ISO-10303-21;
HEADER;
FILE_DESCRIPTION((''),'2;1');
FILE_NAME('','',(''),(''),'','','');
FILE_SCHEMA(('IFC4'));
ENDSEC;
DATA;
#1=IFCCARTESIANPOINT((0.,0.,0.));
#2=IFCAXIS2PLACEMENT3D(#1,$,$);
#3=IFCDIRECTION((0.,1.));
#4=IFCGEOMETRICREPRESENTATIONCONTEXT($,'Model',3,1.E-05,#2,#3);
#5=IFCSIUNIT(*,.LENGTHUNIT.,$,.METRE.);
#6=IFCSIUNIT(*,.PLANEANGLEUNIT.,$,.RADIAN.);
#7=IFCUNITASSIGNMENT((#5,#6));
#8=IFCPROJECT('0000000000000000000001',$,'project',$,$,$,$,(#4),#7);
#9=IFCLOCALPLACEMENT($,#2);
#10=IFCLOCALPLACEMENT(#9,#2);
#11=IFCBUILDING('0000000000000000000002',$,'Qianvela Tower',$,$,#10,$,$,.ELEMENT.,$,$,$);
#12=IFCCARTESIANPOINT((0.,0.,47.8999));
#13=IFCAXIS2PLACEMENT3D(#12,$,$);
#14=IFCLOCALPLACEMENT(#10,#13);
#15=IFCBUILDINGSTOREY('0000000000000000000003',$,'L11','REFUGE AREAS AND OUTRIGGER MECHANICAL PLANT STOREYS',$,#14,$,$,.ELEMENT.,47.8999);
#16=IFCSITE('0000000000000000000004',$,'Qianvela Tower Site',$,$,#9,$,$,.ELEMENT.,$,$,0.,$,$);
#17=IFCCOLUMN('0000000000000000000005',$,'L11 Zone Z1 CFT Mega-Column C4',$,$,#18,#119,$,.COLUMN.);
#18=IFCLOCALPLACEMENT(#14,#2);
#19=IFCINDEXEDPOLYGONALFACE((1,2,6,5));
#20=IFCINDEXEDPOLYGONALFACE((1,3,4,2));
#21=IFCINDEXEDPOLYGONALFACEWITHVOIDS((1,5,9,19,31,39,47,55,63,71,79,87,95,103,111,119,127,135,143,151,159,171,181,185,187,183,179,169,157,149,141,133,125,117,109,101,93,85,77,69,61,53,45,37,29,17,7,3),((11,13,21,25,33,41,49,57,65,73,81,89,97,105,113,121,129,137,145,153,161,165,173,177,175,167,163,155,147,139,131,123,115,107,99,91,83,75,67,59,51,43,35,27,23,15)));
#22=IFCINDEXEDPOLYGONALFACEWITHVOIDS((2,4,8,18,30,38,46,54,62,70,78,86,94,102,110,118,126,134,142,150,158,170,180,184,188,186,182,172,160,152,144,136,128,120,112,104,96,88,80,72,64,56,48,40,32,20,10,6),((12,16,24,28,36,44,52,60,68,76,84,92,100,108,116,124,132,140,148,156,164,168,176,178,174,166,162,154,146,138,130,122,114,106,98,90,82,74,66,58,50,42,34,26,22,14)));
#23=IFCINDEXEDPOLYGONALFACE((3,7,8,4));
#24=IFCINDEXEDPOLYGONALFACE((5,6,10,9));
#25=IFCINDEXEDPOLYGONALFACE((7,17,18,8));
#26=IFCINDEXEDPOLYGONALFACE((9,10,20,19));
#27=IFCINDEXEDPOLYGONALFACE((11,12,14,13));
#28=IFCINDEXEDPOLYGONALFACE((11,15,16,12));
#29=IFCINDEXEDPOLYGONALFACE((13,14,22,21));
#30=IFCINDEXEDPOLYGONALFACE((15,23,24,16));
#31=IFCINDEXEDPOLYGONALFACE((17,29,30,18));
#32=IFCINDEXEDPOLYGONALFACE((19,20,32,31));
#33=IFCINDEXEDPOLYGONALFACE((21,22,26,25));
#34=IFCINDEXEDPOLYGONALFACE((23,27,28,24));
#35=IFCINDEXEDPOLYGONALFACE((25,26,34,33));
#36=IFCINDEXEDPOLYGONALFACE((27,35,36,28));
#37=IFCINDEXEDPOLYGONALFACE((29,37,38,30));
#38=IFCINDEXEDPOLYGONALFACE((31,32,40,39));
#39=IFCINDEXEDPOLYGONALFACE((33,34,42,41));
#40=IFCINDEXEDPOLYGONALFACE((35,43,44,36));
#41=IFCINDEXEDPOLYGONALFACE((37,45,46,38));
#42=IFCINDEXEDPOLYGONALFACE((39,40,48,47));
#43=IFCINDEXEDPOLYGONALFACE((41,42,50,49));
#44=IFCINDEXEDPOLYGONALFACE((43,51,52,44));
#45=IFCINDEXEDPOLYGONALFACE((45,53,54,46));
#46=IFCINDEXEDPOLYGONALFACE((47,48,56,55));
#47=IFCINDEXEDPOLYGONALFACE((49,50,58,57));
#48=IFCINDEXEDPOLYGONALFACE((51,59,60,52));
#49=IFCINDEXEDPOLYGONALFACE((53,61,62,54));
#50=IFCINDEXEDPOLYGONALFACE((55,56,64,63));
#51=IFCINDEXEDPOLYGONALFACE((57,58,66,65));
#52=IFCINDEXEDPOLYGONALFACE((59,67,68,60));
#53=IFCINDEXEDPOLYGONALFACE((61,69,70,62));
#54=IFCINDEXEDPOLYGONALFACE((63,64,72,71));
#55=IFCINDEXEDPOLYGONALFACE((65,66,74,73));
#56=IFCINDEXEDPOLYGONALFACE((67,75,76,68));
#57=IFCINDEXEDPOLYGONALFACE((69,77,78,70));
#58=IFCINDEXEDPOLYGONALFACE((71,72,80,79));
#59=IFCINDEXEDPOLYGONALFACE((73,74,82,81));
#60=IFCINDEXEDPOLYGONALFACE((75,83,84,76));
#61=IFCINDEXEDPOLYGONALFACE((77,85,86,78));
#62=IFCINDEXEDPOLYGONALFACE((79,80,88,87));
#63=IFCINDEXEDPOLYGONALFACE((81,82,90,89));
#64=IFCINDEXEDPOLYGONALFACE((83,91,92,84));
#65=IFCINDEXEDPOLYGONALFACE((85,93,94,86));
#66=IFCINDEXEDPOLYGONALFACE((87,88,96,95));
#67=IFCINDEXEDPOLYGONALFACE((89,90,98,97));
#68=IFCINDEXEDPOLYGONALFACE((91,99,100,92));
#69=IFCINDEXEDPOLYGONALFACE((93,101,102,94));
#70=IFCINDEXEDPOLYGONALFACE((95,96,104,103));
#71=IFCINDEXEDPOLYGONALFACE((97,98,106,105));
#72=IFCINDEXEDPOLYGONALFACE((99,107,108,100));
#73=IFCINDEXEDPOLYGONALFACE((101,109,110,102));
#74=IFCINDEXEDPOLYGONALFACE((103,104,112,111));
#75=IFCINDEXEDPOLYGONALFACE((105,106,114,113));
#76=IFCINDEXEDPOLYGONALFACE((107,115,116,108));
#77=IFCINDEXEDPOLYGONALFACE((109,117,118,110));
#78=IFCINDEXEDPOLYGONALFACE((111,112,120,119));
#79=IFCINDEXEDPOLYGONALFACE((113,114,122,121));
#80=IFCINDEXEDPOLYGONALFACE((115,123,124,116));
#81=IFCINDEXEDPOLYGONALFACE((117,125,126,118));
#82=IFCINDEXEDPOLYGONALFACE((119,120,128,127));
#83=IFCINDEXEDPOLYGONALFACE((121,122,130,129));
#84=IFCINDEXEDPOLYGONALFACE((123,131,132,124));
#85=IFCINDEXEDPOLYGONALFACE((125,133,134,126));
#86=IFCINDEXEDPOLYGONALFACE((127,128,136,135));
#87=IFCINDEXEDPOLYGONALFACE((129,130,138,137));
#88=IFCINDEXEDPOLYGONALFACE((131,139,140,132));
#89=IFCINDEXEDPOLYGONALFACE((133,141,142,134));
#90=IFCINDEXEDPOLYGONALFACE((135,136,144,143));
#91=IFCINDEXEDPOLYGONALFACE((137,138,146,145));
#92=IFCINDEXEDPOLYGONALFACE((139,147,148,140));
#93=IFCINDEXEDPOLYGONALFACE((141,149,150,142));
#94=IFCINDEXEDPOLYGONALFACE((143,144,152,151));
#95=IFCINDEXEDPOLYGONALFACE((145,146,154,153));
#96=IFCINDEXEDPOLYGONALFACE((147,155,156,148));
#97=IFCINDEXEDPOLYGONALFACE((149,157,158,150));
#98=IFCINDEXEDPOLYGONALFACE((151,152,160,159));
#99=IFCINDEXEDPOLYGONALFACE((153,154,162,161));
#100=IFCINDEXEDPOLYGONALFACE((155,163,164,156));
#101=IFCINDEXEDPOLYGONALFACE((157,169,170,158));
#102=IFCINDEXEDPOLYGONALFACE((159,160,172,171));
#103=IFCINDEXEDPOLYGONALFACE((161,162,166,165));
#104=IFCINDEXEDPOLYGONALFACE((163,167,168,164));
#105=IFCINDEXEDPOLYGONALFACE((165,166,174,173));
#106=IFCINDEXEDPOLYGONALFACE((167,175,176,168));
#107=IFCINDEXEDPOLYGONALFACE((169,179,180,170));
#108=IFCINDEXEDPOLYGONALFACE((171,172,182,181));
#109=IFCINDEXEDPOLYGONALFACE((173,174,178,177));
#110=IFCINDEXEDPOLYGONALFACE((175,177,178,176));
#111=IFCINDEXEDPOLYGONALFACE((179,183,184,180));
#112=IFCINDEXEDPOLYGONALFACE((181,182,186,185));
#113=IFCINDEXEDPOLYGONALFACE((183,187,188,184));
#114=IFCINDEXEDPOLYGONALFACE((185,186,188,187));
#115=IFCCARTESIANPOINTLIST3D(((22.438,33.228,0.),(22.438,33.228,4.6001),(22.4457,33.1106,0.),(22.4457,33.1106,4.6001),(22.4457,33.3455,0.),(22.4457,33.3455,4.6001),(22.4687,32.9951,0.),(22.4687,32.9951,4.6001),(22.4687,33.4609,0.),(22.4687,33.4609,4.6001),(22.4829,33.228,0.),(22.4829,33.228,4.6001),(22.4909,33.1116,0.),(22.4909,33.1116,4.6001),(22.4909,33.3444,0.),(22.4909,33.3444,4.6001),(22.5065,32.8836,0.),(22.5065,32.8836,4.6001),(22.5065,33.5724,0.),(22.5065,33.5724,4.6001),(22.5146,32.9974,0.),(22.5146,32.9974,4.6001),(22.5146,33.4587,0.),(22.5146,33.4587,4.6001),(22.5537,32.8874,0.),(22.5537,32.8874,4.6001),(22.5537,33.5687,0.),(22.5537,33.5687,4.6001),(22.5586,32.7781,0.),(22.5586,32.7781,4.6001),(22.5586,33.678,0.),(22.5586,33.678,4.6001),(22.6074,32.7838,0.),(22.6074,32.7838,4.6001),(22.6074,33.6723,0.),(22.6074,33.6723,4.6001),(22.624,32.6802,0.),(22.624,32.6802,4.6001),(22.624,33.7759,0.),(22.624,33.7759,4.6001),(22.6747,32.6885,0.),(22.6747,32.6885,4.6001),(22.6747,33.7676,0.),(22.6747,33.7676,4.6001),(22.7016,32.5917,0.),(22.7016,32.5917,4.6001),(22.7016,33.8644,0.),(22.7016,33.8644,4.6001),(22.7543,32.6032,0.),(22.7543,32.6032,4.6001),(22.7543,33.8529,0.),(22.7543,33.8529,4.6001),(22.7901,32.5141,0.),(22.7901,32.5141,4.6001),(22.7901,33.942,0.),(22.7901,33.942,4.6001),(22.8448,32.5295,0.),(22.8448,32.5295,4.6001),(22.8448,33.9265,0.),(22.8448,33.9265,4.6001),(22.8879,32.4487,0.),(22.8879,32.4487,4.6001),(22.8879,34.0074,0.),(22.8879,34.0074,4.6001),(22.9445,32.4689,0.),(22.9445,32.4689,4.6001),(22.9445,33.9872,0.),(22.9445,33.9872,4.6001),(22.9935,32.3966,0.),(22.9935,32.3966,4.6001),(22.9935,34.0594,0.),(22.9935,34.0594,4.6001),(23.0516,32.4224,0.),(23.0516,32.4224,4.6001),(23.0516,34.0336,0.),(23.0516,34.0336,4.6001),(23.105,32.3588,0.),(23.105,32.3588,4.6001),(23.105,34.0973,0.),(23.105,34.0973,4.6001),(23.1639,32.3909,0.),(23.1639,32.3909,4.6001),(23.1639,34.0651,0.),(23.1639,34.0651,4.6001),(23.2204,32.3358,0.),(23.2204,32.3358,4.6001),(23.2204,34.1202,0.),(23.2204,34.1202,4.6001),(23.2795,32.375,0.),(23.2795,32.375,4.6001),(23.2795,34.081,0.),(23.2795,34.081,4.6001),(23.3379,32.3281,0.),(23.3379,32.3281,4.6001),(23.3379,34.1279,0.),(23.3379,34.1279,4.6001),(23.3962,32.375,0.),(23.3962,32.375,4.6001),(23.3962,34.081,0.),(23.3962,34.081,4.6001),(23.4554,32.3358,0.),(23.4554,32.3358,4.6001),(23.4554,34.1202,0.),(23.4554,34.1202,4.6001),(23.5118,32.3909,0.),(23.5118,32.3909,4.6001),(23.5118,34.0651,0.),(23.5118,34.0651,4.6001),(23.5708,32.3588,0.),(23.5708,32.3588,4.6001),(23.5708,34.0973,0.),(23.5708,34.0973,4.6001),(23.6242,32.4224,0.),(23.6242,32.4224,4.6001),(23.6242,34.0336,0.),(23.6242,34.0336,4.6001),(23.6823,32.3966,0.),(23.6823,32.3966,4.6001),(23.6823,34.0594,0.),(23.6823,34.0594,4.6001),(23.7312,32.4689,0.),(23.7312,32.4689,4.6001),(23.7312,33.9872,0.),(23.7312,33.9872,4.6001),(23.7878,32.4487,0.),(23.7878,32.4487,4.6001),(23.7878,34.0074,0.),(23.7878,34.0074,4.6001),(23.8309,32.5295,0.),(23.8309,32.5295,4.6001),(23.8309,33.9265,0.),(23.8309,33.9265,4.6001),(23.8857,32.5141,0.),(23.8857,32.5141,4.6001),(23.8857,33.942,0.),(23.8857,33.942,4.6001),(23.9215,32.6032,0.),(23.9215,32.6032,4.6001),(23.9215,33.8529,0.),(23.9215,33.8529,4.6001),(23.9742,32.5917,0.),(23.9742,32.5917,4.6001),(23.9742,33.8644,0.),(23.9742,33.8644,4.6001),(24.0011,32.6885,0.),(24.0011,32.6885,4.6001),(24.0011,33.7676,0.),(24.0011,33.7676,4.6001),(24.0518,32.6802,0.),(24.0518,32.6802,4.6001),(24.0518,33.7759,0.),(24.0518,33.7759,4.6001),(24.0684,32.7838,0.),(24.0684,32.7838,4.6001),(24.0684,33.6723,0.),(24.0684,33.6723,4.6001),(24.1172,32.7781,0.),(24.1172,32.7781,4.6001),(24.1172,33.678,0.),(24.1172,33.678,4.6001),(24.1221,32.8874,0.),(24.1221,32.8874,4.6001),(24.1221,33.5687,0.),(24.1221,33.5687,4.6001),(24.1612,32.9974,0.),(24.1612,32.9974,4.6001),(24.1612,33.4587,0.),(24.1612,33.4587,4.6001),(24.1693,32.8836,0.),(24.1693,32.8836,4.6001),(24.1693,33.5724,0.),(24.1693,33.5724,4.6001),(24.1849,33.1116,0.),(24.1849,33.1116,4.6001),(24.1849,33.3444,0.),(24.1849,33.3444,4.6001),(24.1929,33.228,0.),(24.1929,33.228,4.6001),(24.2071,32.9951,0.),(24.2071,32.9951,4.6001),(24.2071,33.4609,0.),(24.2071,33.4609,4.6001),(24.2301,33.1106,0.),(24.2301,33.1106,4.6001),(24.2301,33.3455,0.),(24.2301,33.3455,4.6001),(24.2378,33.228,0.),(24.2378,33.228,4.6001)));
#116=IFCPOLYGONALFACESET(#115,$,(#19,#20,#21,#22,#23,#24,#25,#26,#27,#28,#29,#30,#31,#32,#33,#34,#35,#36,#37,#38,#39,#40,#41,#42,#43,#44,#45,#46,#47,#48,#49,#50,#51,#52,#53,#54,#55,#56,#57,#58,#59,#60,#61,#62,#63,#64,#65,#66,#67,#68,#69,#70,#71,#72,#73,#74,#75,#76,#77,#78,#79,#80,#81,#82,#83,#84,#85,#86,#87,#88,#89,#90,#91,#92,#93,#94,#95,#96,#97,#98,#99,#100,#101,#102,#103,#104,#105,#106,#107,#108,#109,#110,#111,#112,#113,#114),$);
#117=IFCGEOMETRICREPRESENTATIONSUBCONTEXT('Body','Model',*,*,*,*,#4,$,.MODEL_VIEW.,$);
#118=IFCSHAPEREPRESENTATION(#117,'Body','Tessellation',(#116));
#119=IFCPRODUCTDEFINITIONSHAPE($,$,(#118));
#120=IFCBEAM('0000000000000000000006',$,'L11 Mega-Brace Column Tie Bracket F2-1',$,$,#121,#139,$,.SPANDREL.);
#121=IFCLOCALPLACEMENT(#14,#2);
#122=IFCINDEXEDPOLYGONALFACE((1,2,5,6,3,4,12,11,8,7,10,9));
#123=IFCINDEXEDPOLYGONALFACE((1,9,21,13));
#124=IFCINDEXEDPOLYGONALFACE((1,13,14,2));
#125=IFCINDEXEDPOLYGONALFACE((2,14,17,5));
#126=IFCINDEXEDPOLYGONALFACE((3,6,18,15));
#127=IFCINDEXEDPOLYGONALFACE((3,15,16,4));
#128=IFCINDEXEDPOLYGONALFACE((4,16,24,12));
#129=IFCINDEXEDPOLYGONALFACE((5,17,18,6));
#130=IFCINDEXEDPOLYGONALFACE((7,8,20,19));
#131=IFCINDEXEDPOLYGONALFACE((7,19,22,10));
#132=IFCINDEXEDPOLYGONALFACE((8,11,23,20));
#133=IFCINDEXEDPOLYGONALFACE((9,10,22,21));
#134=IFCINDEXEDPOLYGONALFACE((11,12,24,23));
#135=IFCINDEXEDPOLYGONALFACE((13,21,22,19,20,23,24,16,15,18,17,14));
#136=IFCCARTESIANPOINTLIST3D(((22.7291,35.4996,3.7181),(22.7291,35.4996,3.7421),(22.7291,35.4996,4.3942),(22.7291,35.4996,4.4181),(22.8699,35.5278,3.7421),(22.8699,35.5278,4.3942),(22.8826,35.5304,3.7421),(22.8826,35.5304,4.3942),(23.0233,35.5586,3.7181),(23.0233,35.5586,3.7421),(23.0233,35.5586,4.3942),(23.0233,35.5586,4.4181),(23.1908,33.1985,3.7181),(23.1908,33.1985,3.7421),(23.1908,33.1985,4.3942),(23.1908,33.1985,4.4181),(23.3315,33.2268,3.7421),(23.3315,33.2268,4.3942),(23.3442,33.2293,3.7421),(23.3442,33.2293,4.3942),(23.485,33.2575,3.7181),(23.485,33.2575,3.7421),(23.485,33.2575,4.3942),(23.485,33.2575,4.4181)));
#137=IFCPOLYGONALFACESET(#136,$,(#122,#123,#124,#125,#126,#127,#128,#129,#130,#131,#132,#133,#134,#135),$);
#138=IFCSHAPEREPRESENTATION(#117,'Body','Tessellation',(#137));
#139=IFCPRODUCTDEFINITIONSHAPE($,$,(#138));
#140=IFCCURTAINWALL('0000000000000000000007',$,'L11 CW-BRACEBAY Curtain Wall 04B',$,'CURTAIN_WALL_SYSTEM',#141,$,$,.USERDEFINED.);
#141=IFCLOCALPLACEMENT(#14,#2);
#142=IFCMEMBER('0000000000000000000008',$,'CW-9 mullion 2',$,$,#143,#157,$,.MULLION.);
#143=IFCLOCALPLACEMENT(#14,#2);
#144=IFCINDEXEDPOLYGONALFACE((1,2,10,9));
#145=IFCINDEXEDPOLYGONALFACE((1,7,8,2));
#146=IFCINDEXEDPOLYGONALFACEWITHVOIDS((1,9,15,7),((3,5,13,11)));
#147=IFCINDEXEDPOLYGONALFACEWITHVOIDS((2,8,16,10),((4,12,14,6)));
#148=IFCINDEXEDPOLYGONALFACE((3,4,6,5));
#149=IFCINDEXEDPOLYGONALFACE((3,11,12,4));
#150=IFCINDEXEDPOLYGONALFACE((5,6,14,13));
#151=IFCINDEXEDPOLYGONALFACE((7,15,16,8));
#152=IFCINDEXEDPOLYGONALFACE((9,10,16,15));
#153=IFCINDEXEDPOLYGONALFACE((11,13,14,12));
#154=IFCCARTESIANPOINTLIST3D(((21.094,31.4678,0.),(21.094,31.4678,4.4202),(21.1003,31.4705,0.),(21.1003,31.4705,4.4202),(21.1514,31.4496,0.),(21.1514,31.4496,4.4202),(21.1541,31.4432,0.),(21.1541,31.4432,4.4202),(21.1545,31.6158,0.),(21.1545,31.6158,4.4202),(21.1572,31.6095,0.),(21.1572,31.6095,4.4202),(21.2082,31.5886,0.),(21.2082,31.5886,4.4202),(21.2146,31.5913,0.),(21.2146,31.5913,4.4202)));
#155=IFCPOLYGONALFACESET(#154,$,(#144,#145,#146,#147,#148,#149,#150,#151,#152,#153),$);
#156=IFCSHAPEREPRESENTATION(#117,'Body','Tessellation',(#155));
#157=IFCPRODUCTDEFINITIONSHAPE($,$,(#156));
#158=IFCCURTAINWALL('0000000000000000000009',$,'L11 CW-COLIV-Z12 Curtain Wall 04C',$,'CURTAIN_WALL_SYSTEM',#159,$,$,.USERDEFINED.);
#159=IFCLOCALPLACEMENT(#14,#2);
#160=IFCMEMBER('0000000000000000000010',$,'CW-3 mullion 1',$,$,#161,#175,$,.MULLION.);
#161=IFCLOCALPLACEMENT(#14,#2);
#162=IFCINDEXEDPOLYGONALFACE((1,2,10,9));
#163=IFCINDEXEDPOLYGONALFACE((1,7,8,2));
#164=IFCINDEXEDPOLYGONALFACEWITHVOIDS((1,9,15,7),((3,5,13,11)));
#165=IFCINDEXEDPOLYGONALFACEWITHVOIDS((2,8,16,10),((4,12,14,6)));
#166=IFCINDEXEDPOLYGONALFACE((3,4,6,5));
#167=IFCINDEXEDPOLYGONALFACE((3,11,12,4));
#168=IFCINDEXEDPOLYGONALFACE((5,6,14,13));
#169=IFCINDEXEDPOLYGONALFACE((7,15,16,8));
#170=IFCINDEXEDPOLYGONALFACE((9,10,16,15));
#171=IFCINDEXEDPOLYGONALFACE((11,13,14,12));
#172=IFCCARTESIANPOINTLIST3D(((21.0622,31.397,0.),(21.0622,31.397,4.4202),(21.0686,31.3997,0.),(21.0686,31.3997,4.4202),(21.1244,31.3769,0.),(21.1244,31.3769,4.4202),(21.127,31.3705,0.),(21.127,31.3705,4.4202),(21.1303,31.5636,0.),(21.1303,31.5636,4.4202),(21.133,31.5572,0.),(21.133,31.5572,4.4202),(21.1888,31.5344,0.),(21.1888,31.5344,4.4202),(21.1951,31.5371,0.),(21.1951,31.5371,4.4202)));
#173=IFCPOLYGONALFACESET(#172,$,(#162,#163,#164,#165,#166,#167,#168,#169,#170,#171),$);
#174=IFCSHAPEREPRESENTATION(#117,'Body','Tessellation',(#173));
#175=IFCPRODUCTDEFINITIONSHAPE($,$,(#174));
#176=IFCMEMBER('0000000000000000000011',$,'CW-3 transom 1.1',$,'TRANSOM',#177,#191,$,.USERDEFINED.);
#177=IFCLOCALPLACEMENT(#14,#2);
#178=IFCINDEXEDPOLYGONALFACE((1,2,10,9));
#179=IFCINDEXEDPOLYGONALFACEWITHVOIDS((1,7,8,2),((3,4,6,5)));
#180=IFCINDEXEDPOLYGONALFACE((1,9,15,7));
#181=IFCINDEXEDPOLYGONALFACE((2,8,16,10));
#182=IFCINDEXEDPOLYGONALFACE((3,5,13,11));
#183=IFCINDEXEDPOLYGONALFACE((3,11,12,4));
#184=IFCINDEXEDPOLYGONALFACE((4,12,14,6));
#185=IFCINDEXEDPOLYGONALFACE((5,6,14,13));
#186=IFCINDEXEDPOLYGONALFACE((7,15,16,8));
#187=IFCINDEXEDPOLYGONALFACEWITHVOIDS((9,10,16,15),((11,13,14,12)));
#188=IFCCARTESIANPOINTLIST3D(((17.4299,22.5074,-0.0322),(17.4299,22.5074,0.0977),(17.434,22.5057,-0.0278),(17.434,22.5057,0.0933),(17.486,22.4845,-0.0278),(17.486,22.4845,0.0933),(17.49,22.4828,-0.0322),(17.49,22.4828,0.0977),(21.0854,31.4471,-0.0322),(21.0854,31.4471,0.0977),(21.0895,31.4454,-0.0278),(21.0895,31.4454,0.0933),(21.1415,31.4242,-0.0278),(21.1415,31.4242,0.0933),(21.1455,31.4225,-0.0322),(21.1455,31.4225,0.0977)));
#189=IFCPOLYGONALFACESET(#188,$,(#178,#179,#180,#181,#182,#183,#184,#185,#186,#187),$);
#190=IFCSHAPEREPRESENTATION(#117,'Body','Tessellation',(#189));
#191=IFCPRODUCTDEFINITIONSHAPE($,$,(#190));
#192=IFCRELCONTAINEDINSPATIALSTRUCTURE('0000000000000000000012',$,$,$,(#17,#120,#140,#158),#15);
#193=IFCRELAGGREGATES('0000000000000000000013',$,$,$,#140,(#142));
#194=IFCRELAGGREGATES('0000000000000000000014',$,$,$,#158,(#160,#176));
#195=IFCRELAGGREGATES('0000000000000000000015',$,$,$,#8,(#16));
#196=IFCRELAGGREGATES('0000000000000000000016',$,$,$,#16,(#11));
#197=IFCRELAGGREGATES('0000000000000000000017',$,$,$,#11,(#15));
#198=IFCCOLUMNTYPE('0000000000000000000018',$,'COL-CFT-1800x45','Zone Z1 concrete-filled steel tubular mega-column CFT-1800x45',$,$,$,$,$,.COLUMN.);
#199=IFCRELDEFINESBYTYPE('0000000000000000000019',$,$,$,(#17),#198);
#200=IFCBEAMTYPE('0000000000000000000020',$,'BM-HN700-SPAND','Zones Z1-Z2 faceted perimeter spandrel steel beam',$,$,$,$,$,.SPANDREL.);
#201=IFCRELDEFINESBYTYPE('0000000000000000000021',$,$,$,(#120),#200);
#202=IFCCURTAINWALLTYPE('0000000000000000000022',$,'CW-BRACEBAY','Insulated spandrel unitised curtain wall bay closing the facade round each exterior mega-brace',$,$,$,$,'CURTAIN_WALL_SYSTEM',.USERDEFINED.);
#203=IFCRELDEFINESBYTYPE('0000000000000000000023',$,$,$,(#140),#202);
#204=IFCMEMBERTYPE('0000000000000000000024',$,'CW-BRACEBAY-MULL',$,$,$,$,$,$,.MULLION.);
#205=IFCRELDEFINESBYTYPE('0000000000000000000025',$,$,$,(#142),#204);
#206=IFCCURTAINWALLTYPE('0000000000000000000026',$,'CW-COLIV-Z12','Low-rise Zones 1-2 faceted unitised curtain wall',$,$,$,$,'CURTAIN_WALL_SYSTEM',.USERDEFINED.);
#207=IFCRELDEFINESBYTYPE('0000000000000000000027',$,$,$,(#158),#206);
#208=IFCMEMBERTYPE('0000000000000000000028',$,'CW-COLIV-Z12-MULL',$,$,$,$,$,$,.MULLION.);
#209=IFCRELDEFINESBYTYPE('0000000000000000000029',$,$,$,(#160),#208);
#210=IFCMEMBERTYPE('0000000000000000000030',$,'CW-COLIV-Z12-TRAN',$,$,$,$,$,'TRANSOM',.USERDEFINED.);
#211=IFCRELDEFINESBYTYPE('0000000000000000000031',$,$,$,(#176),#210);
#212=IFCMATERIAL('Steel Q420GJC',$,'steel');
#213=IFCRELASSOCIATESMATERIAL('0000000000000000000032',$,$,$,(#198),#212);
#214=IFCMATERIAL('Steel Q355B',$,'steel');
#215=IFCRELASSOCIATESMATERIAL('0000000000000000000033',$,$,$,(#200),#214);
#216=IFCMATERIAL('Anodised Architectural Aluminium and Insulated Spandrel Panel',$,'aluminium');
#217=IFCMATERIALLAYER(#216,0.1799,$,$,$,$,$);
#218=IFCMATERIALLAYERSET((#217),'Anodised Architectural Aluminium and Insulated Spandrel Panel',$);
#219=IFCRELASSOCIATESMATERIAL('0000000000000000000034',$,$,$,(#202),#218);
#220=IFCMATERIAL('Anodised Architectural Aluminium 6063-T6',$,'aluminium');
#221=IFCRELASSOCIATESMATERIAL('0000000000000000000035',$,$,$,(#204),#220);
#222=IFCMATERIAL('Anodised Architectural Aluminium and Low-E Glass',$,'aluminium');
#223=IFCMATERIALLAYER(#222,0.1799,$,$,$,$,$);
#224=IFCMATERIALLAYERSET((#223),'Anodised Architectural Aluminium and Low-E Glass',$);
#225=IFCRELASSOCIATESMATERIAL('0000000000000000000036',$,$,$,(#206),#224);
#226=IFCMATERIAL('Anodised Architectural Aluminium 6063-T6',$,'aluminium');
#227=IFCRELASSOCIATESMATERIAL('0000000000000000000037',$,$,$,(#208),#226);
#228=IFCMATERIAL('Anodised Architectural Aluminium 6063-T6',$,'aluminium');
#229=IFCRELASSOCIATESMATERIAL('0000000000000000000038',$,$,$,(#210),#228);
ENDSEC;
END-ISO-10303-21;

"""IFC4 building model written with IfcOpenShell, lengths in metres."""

from ifc_helpers import new_model, si_unit, direction, frame, origin, origin_2d, place, context, subcontext, project, spatial, hollow_rectangle, hollow_circle, i_section, extrude, material, layer, layer_set, material_profile, profile_set, type_object, element, aggregate, save


model = new_model("IFC4")

# Units and contexts
model_context = context("Model", 3, precision=1e-05, world=origin(), true_north=direction((0.0, 1.0)))
body_context = subcontext(model_context, "Body", "Model", "MODEL_VIEW")
ifc_project = project(units=[si_unit("LENGTHUNIT", "METRE"), si_unit("PLANEANGLEUNIT", "RADIAN")], contexts=[model_context])

# Site, building, storey
site_placement = place(None, origin())
site = spatial("IfcSite", under=ifc_project, at=site_placement, Name="Qianvela Tower Site", CompositionType="ELEMENT", RefElevation=0.0)
building_placement = place(site_placement, origin())
building = spatial("IfcBuilding", under=site, at=building_placement, Name="Qianvela Tower", CompositionType="ELEMENT")
storey_placement = place(building_placement, frame((0.0, 0.0, 47.8999)))
storey = spatial("IfcBuildingStorey", under=building, at=storey_placement, Name="L11", Description="REFUGE AREAS AND OUTRIGGER MECHANICAL PLANT STOREYS", CompositionType="ELEMENT", Elevation=47.8999)

# Column
ifc_material_1 = material(Name="Steel Q420GJC", Category="steel")
ifc_material_profile_1 = material_profile(ifc_material_1, hollow_circle(Radius=0.8999, WallThickness=0.0449, at=origin_2d()), Name="CFT-1800x45")
ifc_profile_set_1 = profile_set([ifc_material_profile_1], Name="Steel Q420GJC")
column_type = type_object("IfcColumnType", Name="COL-CFT-1800x45", Description="Zone Z1 concrete-filled steel tubular mega-column CFT-1800x45", PredefinedType="COLUMN", material=ifc_profile_set_1)
column_placement = place(storey_placement, frame((23.3379, 33.228, 0.0), z_axis=(0.0, 0.0, 1.0), x_axis=(1.0, 0.0, 0.0)))
element("IfcColumn", 1, at=column_placement, inside=storey, type_object=column_type, Name="L11 Zone Z1 CFT Mega-Column C4", PredefinedType="COLUMN", context=body_context, shape_type="SweptSolid", body=[
    extrude(hollow_circle(Radius=0.8999, WallThickness=0.0449, at=origin_2d()), origin(), (0.0, 0.0, 1.0), 4.6001),
])

# Beam
ifc_material_2 = material(Name="Steel Q355B", Category="steel")
ifc_material_profile_2 = material_profile(ifc_material_2, i_section(OverallWidth=0.3, OverallDepth=0.7, WebThickness=0.0129, FlangeThickness=0.0239, at=origin_2d()), Name="HN700x300x13x24")
ifc_profile_set_2 = profile_set([ifc_material_profile_2], Name="Steel Q355B")
beam_type = type_object("IfcBeamType", Name="BM-HN700-SPAND", Description="Zones Z1-Z2 faceted perimeter spandrel steel beam", PredefinedType="SPANDREL", material=ifc_profile_set_2)
beam_placement = place(storey_placement, frame((23.3379, 33.228, 4.0681), z_axis=(-0.196716, 0.98046, 0.0), x_axis=(-0.98046, -0.196716, 0.0)))
element("IfcBeam", 2, at=beam_placement, inside=storey, type_object=beam_type, Name="L11 Mega-Brace Column Tie Bracket F2-1", PredefinedType="SPANDREL", context=body_context, shape_type="SweptSolid", body=[
    extrude(i_section(OverallWidth=0.3, OverallDepth=0.7, WebThickness=0.0129, FlangeThickness=0.0239, at=origin_2d()), origin(), (0.0, 0.0, 1.0), 2.3469),
])

# Curtain wall, member
ifc_material_3 = material(Name="Anodised Architectural Aluminium and Insulated Spandrel Panel", Category="aluminium")
ifc_layer_1 = layer(ifc_material_3, 0.1799)
ifc_layer_set_1 = layer_set([ifc_layer_1], Name="Anodised Architectural Aluminium and Insulated Spandrel Panel")
curtain_wall_type_1 = type_object("IfcCurtainWallType", Name="CW-BRACEBAY", Description="Insulated spandrel unitised curtain wall bay closing the facade round each exterior mega-brace", ElementType="CURTAIN_WALL_SYSTEM", PredefinedType="USERDEFINED", material=ifc_layer_set_1)
curtain_wall_1_placement = place(storey_placement, origin())
curtain_wall_1 = element("IfcCurtainWall", 3, at=curtain_wall_1_placement, inside=storey, type_object=curtain_wall_type_1, Name="L11 CW-BRACEBAY Curtain Wall 04B", ObjectType="CURTAIN_WALL_SYSTEM", PredefinedType="USERDEFINED")
ifc_material_4 = material(Name="Anodised Architectural Aluminium 6063-T6", Category="aluminium")
ifc_material_profile_3 = material_profile(ifc_material_4, hollow_rectangle(XDim=0.0649, YDim=0.1599, WallThickness=0.0049, at=origin_2d()), Name="ALU-MULL-65x160")
ifc_profile_set_3 = profile_set([ifc_material_profile_3], Name="Anodised Architectural Aluminium 6063-T6")
member_type_1 = type_object("IfcMemberType", Name="CW-BRACEBAY-MULL", PredefinedType="MULLION", material=ifc_profile_set_3)
member_1_placement = place(storey_placement, frame((21.1543, 31.5295, 0.0), z_axis=(0.0, 0.0, 1.0), x_axis=(0.925609, -0.378482, 0.0)))
member_1 = element("IfcMember", 4, at=member_1_placement, type_object=member_type_1, Name="CW-9 mullion 2", PredefinedType="MULLION", context=body_context, shape_type="SweptSolid", body=[
    extrude(hollow_rectangle(XDim=0.0649, YDim=0.1599, WallThickness=0.0049, at=origin_2d()), origin(), (0.0, 0.0, 1.0), 4.4202),
])
aggregate(curtain_wall_1, [member_1])

# Curtain wall, members
ifc_material_5 = material(Name="Anodised Architectural Aluminium and Low-E Glass", Category="aluminium")
ifc_layer_2 = layer(ifc_material_5, 0.1799)
ifc_layer_set_2 = layer_set([ifc_layer_2], Name="Anodised Architectural Aluminium and Low-E Glass")
curtain_wall_type_2 = type_object("IfcCurtainWallType", Name="CW-COLIV-Z12", Description="Low-rise Zones 1-2 faceted unitised curtain wall", ElementType="CURTAIN_WALL_SYSTEM", PredefinedType="USERDEFINED", material=ifc_layer_set_2)
curtain_wall_2_placement = place(storey_placement, origin())
curtain_wall_2 = element("IfcCurtainWall", 5, at=curtain_wall_2_placement, inside=storey, type_object=curtain_wall_type_2, Name="L11 CW-COLIV-Z12 Curtain Wall 04C", ObjectType="CURTAIN_WALL_SYSTEM", PredefinedType="USERDEFINED")
ifc_material_6 = material(Name="Anodised Architectural Aluminium 6063-T6", Category="aluminium")
ifc_material_profile_4 = material_profile(ifc_material_6, hollow_rectangle(XDim=0.0701, YDim=0.1799, WallThickness=0.0049, at=origin_2d()), Name="ALU-MULL-70x180")
ifc_profile_set_4 = profile_set([ifc_material_profile_4], Name="Anodised Architectural Aluminium 6063-T6")
member_type_2 = type_object("IfcMemberType", Name="CW-COLIV-Z12-MULL", PredefinedType="MULLION", material=ifc_profile_set_4)
member_2_placement = place(storey_placement, frame((21.1287, 31.467, 0.0), z_axis=(0.0, 0.0, 1.0), x_axis=(0.925604, -0.378494, 0.0)))
member_2 = element("IfcMember", 6, at=member_2_placement, type_object=member_type_2, Name="CW-3 mullion 1", PredefinedType="MULLION", context=body_context, shape_type="SweptSolid", body=[
    extrude(hollow_rectangle(XDim=0.0701, YDim=0.1799, WallThickness=0.0049, at=origin_2d()), origin(), (0.0, 0.0, 1.0), 4.4202),
])
ifc_material_7 = material(Name="Anodised Architectural Aluminium 6063-T6", Category="aluminium")
ifc_material_profile_5 = material_profile(ifc_material_7, hollow_rectangle(XDim=0.0649, YDim=0.1299, WallThickness=0.0044, at=origin_2d()), Name="ALU-TRAN-65x130")
ifc_profile_set_5 = profile_set([ifc_material_profile_5], Name="Anodised Architectural Aluminium 6063-T6")
member_type_3 = type_object("IfcMemberType", Name="CW-COLIV-Z12-TRAN", ElementType="TRANSOM", PredefinedType="USERDEFINED", material=ifc_profile_set_5)
member_3_placement = place(storey_placement, frame((21.1155, 31.4348, 0.0327), z_axis=(-0.378488, -0.925606, 0.0), x_axis=(0.925606, -0.378488, 0.0)))
member_3 = element("IfcMember", 7, at=member_3_placement, type_object=member_type_3, Name="CW-3 transom 1.1", ObjectType="TRANSOM", PredefinedType="USERDEFINED", context=body_context, shape_type="SweptSolid", body=[
    extrude(hollow_rectangle(XDim=0.0649, YDim=0.1299, WallThickness=0.0044, at=origin_2d()), origin(), (0.0, 0.0, 1.0), 9.6582),
])
aggregate(curtain_wall_2, [member_2, member_3])

save(model, "model.ifc")
